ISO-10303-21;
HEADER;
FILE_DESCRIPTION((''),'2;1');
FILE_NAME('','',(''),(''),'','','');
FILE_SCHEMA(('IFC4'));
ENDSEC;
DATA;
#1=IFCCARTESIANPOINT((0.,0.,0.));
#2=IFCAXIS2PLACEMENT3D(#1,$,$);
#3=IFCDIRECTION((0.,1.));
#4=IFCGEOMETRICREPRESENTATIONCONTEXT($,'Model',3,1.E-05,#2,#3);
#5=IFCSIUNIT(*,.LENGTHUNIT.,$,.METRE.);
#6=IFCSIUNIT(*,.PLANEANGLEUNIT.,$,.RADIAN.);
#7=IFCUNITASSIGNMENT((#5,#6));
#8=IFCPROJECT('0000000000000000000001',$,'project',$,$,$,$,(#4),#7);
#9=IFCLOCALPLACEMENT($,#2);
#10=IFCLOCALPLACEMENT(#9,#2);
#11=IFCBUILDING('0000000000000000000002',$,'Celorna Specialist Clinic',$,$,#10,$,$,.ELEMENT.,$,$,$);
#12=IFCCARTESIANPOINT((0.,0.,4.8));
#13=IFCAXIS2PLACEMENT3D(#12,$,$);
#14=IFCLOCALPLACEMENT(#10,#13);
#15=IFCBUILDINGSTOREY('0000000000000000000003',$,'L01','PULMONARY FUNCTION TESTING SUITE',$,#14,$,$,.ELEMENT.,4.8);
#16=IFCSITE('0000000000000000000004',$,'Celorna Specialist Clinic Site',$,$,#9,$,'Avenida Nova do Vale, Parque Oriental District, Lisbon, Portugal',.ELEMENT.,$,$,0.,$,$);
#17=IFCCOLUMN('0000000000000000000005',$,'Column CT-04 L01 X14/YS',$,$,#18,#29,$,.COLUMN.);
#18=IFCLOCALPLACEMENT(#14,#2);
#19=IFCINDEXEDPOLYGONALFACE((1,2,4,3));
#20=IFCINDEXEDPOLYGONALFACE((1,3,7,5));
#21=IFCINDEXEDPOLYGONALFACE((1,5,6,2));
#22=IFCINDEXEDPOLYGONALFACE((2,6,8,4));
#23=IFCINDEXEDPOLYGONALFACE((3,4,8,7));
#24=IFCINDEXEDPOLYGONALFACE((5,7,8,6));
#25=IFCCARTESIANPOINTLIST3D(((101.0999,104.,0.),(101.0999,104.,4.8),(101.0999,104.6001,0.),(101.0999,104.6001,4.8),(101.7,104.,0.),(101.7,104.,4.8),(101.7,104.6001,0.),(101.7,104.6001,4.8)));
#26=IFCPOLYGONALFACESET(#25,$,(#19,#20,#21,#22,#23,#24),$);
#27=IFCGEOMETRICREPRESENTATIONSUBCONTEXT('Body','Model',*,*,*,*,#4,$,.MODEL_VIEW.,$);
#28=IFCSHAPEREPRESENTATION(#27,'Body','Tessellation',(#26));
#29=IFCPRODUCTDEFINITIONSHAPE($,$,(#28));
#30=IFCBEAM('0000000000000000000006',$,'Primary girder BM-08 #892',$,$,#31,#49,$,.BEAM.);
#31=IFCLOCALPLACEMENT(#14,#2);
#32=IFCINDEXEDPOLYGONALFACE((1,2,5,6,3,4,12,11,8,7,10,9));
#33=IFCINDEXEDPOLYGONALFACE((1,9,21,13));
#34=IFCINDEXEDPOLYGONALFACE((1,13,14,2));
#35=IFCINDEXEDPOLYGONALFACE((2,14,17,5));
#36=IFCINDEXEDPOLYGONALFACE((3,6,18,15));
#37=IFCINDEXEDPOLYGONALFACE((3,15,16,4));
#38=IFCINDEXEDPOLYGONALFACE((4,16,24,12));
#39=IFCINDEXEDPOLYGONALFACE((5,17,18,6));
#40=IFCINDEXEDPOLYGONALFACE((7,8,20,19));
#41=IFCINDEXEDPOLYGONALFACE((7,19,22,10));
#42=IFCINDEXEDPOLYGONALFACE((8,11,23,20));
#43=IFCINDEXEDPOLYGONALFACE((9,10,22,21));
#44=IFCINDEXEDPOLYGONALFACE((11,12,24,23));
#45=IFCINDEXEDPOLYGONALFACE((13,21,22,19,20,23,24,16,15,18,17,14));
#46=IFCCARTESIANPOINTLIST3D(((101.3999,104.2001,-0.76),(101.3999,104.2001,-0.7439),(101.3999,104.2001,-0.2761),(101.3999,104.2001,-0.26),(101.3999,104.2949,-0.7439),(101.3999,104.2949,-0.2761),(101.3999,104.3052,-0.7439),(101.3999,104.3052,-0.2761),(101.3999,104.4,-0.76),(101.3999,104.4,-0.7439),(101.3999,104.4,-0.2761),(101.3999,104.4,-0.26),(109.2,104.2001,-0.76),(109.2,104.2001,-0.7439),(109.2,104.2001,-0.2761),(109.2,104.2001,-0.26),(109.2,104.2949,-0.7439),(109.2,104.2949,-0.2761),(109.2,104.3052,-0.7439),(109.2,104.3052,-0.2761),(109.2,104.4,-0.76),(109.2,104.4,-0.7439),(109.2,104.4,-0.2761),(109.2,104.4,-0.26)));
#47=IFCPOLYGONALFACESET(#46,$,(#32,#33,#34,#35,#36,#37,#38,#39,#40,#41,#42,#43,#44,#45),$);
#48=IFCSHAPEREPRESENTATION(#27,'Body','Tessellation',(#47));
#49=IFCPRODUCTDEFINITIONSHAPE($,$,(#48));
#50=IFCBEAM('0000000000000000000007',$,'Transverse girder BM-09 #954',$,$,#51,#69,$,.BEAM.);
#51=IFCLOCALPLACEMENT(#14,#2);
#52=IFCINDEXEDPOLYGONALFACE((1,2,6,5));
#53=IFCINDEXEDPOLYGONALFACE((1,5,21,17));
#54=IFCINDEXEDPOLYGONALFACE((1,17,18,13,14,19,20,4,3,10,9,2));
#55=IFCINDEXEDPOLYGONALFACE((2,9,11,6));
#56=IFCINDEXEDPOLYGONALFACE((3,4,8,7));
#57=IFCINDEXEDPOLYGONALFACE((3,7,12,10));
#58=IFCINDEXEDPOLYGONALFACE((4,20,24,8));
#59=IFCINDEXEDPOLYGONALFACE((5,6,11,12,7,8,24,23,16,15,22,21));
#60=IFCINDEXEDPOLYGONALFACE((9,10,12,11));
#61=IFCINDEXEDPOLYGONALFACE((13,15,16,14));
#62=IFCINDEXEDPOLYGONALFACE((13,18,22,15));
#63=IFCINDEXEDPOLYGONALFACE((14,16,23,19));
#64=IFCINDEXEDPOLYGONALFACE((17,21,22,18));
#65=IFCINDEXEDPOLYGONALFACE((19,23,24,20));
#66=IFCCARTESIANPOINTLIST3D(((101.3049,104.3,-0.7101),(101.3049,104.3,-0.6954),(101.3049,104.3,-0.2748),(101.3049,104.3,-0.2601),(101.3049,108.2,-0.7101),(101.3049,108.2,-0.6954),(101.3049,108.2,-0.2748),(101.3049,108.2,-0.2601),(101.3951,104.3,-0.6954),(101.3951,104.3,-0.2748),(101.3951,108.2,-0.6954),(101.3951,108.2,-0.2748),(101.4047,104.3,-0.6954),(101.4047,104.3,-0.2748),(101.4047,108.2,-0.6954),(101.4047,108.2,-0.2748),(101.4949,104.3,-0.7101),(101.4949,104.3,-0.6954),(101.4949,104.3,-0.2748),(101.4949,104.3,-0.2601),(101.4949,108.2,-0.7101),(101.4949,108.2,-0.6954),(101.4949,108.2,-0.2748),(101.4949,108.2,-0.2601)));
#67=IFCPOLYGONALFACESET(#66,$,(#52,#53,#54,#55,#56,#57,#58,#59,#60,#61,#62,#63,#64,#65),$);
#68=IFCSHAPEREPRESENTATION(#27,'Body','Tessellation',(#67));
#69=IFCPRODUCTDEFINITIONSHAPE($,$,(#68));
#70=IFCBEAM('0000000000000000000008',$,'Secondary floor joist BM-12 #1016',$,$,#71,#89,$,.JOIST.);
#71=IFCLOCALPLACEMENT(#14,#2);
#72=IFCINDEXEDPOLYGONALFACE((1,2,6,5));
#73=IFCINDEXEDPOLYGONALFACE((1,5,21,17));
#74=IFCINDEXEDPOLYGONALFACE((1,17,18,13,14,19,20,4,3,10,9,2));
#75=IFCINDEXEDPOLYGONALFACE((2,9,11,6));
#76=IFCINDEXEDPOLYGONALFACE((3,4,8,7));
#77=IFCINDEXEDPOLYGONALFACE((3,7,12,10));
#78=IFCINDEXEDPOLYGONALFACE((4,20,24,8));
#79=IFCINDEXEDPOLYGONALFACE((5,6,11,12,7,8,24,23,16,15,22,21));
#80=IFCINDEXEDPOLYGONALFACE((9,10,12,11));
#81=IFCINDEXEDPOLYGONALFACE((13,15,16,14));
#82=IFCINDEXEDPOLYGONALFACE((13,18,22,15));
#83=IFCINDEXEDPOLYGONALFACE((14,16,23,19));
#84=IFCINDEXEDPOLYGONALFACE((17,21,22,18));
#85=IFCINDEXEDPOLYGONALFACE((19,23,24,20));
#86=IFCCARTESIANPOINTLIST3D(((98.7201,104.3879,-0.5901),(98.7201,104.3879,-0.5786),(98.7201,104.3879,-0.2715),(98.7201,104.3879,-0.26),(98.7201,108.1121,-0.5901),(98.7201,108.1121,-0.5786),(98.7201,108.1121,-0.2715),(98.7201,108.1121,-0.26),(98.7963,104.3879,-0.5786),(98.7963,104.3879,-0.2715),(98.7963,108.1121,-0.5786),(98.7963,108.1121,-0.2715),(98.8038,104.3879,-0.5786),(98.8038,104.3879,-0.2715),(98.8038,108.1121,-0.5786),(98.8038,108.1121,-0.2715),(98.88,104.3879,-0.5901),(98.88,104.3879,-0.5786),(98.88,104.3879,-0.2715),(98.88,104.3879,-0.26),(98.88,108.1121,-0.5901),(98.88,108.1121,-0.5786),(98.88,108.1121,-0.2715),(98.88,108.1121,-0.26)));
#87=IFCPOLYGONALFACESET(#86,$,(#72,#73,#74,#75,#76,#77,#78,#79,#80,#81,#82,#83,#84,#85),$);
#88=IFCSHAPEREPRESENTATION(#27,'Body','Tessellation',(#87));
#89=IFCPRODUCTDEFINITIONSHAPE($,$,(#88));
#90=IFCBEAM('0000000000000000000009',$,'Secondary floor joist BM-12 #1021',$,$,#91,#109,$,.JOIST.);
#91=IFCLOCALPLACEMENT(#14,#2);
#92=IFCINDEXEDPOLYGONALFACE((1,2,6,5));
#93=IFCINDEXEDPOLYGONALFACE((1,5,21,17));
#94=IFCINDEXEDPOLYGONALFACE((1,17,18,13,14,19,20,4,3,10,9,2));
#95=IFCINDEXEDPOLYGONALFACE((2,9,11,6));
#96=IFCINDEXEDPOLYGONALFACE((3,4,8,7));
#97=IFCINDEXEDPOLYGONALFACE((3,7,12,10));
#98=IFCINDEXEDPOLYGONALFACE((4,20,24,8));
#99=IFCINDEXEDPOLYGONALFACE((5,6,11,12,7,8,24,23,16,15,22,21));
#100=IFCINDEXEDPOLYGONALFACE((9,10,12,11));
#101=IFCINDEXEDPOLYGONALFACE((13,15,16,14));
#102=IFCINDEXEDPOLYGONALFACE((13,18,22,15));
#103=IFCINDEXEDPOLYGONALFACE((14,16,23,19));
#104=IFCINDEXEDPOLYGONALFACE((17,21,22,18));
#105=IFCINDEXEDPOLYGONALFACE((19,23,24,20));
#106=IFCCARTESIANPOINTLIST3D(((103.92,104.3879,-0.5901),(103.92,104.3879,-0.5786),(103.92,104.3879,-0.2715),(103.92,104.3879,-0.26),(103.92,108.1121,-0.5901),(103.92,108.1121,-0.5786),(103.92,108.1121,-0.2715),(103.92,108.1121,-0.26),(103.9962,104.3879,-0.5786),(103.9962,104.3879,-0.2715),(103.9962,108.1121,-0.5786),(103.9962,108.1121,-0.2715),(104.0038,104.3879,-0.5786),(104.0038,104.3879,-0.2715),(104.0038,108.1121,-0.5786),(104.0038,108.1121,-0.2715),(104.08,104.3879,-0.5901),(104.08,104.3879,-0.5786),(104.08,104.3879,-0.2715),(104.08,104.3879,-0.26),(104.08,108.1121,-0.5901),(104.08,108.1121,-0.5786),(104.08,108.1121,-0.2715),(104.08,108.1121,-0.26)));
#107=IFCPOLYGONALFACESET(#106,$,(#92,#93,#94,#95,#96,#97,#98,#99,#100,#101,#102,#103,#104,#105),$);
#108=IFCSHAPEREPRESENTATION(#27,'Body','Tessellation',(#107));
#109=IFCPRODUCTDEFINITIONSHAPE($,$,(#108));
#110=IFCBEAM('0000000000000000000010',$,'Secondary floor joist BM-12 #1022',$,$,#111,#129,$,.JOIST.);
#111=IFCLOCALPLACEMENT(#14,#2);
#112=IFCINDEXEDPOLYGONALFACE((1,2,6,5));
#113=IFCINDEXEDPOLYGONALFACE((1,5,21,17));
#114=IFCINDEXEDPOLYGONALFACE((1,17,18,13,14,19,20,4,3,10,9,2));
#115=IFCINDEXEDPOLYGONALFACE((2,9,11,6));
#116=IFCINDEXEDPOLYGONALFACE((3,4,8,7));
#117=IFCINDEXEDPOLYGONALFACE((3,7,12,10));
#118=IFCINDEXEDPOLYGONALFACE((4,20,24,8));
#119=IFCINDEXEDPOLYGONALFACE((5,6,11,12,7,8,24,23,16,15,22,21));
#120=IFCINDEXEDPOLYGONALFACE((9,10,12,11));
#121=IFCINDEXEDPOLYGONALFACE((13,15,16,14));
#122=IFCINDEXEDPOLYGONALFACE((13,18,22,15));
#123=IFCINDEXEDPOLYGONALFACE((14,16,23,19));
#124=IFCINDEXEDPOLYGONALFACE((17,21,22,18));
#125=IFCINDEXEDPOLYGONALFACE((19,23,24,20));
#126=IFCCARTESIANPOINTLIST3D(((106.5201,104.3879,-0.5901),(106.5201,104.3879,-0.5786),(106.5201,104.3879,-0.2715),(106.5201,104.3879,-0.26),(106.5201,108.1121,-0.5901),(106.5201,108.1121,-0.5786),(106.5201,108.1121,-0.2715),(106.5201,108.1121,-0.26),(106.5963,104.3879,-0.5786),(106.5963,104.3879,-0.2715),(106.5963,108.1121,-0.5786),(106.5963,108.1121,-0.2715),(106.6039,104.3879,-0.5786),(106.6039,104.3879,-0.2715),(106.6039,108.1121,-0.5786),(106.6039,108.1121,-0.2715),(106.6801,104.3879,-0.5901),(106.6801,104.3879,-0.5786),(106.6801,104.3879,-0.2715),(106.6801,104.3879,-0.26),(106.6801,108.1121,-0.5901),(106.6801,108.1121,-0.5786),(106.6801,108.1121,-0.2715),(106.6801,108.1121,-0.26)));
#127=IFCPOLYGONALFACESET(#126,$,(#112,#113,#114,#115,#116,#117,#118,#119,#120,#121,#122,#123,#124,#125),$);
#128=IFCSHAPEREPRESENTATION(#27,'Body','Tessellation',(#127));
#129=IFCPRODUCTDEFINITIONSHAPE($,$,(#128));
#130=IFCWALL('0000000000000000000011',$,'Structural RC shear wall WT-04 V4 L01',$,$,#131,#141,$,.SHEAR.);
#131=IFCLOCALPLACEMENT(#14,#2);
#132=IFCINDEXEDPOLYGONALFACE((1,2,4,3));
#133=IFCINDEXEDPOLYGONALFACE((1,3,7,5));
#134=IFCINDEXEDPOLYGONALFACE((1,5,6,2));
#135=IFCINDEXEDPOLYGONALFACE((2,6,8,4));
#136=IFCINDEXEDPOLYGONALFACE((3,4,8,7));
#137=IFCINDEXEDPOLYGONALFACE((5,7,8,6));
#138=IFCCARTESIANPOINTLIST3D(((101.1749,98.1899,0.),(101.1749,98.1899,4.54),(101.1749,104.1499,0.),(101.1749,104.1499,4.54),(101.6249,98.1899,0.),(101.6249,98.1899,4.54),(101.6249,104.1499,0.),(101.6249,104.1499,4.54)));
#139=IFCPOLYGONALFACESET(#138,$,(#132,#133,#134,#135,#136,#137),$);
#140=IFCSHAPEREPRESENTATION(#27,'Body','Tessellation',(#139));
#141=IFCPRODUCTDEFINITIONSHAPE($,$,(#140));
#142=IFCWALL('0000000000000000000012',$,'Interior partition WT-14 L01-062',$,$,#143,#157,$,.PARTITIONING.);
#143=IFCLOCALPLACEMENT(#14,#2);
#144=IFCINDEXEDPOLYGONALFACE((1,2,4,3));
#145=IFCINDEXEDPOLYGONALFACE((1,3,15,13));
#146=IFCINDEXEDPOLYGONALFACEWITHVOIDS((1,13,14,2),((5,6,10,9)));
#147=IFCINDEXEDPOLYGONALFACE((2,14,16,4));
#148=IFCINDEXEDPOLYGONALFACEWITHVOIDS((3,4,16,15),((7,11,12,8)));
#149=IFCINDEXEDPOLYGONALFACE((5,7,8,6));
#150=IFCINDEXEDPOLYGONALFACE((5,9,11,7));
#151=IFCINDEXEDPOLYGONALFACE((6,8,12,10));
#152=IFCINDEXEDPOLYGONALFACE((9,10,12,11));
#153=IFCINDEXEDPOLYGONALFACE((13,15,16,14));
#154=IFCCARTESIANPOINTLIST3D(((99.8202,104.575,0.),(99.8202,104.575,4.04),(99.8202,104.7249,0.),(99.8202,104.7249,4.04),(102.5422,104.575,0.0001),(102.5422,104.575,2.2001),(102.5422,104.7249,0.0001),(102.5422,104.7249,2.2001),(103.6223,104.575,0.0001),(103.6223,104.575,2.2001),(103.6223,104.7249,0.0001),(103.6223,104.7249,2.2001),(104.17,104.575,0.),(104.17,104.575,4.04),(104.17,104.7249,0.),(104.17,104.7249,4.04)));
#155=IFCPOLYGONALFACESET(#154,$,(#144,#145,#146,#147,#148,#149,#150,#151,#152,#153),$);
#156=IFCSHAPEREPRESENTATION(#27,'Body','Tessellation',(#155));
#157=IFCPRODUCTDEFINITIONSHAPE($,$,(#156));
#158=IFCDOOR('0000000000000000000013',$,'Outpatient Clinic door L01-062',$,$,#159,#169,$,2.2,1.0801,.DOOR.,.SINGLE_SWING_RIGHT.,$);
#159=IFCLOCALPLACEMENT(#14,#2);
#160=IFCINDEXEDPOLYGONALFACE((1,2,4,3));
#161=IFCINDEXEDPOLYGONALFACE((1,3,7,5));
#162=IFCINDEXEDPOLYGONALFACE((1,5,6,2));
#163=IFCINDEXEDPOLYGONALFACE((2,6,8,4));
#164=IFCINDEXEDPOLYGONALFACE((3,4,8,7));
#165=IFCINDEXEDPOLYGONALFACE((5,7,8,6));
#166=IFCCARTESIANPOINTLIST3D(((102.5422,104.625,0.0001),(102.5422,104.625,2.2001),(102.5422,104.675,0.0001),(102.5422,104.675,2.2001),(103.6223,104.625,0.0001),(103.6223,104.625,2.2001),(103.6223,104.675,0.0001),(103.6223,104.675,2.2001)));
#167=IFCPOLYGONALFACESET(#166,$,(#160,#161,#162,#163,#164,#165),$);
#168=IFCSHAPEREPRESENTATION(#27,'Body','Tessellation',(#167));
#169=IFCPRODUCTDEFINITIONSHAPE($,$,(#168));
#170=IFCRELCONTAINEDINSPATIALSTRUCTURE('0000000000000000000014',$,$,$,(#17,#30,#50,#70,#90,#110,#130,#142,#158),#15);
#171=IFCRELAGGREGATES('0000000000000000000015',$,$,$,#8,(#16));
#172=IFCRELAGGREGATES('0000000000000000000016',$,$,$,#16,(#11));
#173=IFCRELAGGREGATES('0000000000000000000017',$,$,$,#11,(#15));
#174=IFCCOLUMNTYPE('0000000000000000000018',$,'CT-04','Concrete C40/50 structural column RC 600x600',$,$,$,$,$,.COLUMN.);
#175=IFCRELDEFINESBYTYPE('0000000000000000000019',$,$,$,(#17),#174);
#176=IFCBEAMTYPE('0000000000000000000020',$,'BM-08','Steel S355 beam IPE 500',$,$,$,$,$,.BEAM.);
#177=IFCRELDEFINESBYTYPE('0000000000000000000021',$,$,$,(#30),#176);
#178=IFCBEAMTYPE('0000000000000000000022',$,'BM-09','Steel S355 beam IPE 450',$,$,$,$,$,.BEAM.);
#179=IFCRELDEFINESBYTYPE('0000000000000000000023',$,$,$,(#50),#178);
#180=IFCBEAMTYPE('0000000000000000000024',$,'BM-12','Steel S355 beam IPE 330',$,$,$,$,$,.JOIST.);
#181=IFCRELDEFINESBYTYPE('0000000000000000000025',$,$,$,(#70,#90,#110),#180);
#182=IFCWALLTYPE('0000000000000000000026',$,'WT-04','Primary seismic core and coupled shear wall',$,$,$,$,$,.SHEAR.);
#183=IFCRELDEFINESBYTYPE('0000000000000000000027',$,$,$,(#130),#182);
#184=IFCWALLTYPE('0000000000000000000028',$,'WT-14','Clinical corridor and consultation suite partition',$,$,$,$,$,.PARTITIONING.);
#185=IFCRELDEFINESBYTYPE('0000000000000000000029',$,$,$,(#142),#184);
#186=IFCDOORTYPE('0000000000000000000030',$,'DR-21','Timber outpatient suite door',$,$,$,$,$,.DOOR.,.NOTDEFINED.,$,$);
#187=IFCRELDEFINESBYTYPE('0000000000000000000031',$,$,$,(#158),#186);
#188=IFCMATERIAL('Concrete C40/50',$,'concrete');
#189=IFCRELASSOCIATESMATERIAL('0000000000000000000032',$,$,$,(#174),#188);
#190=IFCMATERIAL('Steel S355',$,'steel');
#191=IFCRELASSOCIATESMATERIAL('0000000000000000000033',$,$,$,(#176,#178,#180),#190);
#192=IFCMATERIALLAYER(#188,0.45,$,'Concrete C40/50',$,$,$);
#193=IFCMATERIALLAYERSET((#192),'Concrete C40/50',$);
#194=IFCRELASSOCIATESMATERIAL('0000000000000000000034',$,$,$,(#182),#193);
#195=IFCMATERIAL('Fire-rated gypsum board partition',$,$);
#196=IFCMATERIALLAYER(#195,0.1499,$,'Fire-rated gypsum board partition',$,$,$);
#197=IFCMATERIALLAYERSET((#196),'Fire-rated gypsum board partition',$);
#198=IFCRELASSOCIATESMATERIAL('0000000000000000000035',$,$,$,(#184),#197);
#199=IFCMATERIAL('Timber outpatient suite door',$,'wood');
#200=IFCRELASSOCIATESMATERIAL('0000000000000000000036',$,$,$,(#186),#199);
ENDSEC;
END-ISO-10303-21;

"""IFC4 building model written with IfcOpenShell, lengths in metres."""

from ifc_helpers import new_model, si_unit, direction, frame, frame_2d, origin, origin_2d, place, context, subcontext, project, spatial, rectangle, i_section, extrude, material, layer, layer_set, material_profile, profile_set, type_object, element, fill, save


model = new_model("IFC4")

# Units and contexts
model_context = context("Model", 3, precision=1e-05, world=origin(), true_north=direction((0.0, 1.0)))
body_context = subcontext(model_context, "Body", "Model", "MODEL_VIEW")
ifc_project = project(units=[si_unit("LENGTHUNIT", "METRE"), si_unit("PLANEANGLEUNIT", "RADIAN")], contexts=[model_context])

# Site, building, storey
site_placement = place(None, origin())
site = spatial("IfcSite", under=ifc_project, at=site_placement, Name="Celorna Specialist Clinic Site", LongName="Avenida Nova do Vale, Parque Oriental District, Lisbon, Portugal", CompositionType="ELEMENT", RefElevation=0.0)
building_placement = place(site_placement, origin())
building = spatial("IfcBuilding", under=site, at=building_placement, Name="Celorna Specialist Clinic", CompositionType="ELEMENT")
storey_placement = place(building_placement, frame((0.0, 0.0, 4.8)))
storey = spatial("IfcBuildingStorey", under=building, at=storey_placement, Name="L01", Description="PULMONARY FUNCTION TESTING SUITE", CompositionType="ELEMENT", Elevation=4.8)

# Column
ifc_material_1 = material(Name="Concrete C40/50", Category="concrete")
ifc_material_profile_1 = material_profile(ifc_material_1, rectangle(XDim=0.6001, YDim=0.6001, at=origin_2d()), Name="RC 600x600")
ifc_profile_set_1 = profile_set([ifc_material_profile_1], Name="Concrete C40/50")
column_type = type_object("IfcColumnType", Name="CT-04", Description="Concrete C40/50 structural column RC 600x600", PredefinedType="COLUMN", material=ifc_profile_set_1)
column_placement = place(storey_placement, frame((101.3999, 104.3, 0.0), z_axis=(0.0, 0.0, 1.0), x_axis=(1.0, 0.0, 0.0)))
element("IfcColumn", 1, at=column_placement, inside=storey, type_object=column_type, Name="Column CT-04 L01 X14/YS", PredefinedType="COLUMN", context=body_context, shape_type="SweptSolid", body=[
    extrude(rectangle(XDim=0.6001, YDim=0.6001, at=origin_2d()), origin(), (0.0, 0.0, 1.0), 4.8),
])

# Beams
ifc_material_2 = material(Name="Steel S355", Category="steel")
ifc_material_profile_2 = material_profile(ifc_material_2, i_section(OverallWidth=0.2, OverallDepth=0.5, WebThickness=0.0103, FlangeThickness=0.0161, at=origin_2d()), Name="IPE 500")
ifc_profile_set_2 = profile_set([ifc_material_profile_2], Name="Steel S355")
beam_type_1 = type_object("IfcBeamType", Name="BM-08", Description="Steel S355 beam IPE 500", PredefinedType="BEAM", material=ifc_profile_set_2)
beam_1_placement = place(storey_placement, frame((101.3999, 104.3, -0.51), z_axis=(1.0, 0.0, 0.0), x_axis=(0.0, 1.0, 0.0)))
element("IfcBeam", 2, at=beam_1_placement, inside=storey, type_object=beam_type_1, Name="Primary girder BM-08 #892", PredefinedType="BEAM", context=body_context, shape_type="SweptSolid", body=[
    extrude(i_section(OverallWidth=0.2, OverallDepth=0.5, WebThickness=0.0103, FlangeThickness=0.0161, at=origin_2d()), origin(), (0.0, 0.0, 1.0), 7.8),
])
ifc_material_profile_3 = material_profile(ifc_material_2, i_section(OverallWidth=0.1899, OverallDepth=0.45, WebThickness=0.0095, FlangeThickness=0.0146, at=origin_2d()), Name="IPE 450")
ifc_profile_set_3 = profile_set([ifc_material_profile_3], Name="Steel S355")
beam_type_2 = type_object("IfcBeamType", Name="BM-09", Description="Steel S355 beam IPE 450", PredefinedType="BEAM", material=ifc_profile_set_3)
beam_2_placement = place(storey_placement, frame((101.3999, 104.3, -0.4851), z_axis=(0.0, 1.0, 0.0), x_axis=(-1.0, 0.0, 0.0)))
element("IfcBeam", 3, at=beam_2_placement, inside=storey, type_object=beam_type_2, Name="Transverse girder BM-09 #954", PredefinedType="BEAM", context=body_context, shape_type="SweptSolid", body=[
    extrude(i_section(OverallWidth=0.1899, OverallDepth=0.45, WebThickness=0.0095, FlangeThickness=0.0146, at=origin_2d()), origin(), (0.0, 0.0, 1.0), 3.8999),
])
ifc_material_profile_4 = material_profile(ifc_material_2, i_section(OverallWidth=0.1599, OverallDepth=0.3301, WebThickness=0.0076, FlangeThickness=0.0115, at=origin_2d()), Name="IPE 330")
ifc_profile_set_4 = profile_set([ifc_material_profile_4], Name="Steel S355")
beam_type_3 = type_object("IfcBeamType", Name="BM-12", Description="Steel S355 beam IPE 330", PredefinedType="JOIST", material=ifc_profile_set_4)
for number, where, z_axis, x_axis, name in (
    (4, (98.8, 104.3879, -0.425), (0.0, 1.0, 0.0), (-1.0, 0.0, 0.0), "Secondary floor joist BM-12 #1016"),
    (5, (104.0, 104.3879, -0.425), (0.0, 1.0, 0.0), (-1.0, 0.0, 0.0), "Secondary floor joist BM-12 #1021"),
    (6, (106.6001, 104.3879, -0.425), (0.0, 1.0, 0.0), (-1.0, 0.0, 0.0), "Secondary floor joist BM-12 #1022"),
):
    element("IfcBeam", number, at=place(storey_placement, frame(where, z_axis=z_axis, x_axis=x_axis)), inside=storey, type_object=beam_type_3, Name=name, PredefinedType="JOIST", context=body_context, shape_type="SweptSolid", body=[
        extrude(i_section(OverallWidth=0.1599, OverallDepth=0.3301, WebThickness=0.0076, FlangeThickness=0.0115, at=origin_2d()), origin(), (0.0, 0.0, 1.0), 3.7241),
    ])

# Wall
ifc_layer_1 = layer(ifc_material_1, 0.45, Name="Concrete C40/50")
ifc_layer_set_1 = layer_set([ifc_layer_1], Name="Concrete C40/50")
wall_type_1 = type_object("IfcWallType", Name="WT-04", Description="Primary seismic core and coupled shear wall", PredefinedType="SHEAR", material=ifc_layer_set_1)
wall_1_placement = place(storey_placement, frame((101.3999, 98.1899, 0.0), z_axis=(0.0, 0.0, 1.0), x_axis=(0.0, 1.0, 0.0)))
element("IfcWall", 7, at=wall_1_placement, inside=storey, type_object=wall_type_1, Name="Structural RC shear wall WT-04 V4 L01", PredefinedType="SHEAR", context=body_context, shape_type="SweptSolid", body=[
    extrude(rectangle(XDim=5.96, YDim=0.45, at=frame_2d((2.98, 0.0))), origin(), (0.0, 0.0, 1.0), 4.54),
])

# Wall, opening, door
ifc_material_3 = material(Name="Fire-rated gypsum board partition")
ifc_layer_2 = layer(ifc_material_3, 0.1499, Name="Fire-rated gypsum board partition")
ifc_layer_set_2 = layer_set([ifc_layer_2], Name="Fire-rated gypsum board partition")
wall_type_2 = type_object("IfcWallType", Name="WT-14", Description="Clinical corridor and consultation suite partition", PredefinedType="PARTITIONING", material=ifc_layer_set_2)
wall_2_placement = place(storey_placement, frame((104.1699, 104.6499, 0.0), z_axis=(0.0, 0.0, 1.0), x_axis=(-1.0, 0.0, 0.0)))
wall_2 = element("IfcWall", 8, at=wall_2_placement, inside=storey, type_object=wall_type_2, Name="Interior partition WT-14 L01-062", PredefinedType="PARTITIONING", context=body_context, shape_type="SweptSolid", body=[
    extrude(rectangle(XDim=4.3499, YDim=0.1499, at=frame_2d((2.1748, 0.0))), origin(), (0.0, 0.0, 1.0), 4.04),
])
opening_1_placement = place(wall_2_placement, frame((0.5476, 0.0, 0.0)))
opening_1 = element("IfcOpeningElement", 9, at=opening_1_placement, cuts=wall_2, PredefinedType="OPENING", context=body_context, shape_type="SweptSolid", body=[
    extrude(rectangle(XDim=1.0801, YDim=2.2, at=frame_2d((0.54, 1.1001))), frame((0.0, 0.085, 0.0), z_axis=(0.0, -1.0, 0.0), x_axis=(1.0, 0.0, 0.0)), (0.0, 0.0, 1.0), 0.1699),
])
ifc_material_4 = material(Name="Timber outpatient suite door", Category="wood")
door_type_1 = type_object("IfcDoorType", Name="DR-21", Description="Timber outpatient suite door", OperationType="NOTDEFINED", PredefinedType="DOOR", material=ifc_material_4)
door_1_placement = place(opening_1_placement, origin())
door_1 = element("IfcDoor", 10, at=door_1_placement, inside=storey, type_object=door_type_1, Name="Outpatient Clinic door L01-062", OperationType="SINGLE_SWING_RIGHT", OverallHeight=2.2, OverallWidth=1.0801, PredefinedType="DOOR", context=body_context, shape_type="SweptSolid", body=[
    extrude(rectangle(XDim=1.0801, YDim=2.2, at=frame_2d((0.54, 1.1001))), frame((0.0, 0.0249, 0.0), z_axis=(0.0, -1.0, 0.0), x_axis=(1.0, 0.0, 0.0)), (0.0, 0.0, 1.0), 0.05),
])
fill(opening_1, door_1)

save(model, "model.ifc")
